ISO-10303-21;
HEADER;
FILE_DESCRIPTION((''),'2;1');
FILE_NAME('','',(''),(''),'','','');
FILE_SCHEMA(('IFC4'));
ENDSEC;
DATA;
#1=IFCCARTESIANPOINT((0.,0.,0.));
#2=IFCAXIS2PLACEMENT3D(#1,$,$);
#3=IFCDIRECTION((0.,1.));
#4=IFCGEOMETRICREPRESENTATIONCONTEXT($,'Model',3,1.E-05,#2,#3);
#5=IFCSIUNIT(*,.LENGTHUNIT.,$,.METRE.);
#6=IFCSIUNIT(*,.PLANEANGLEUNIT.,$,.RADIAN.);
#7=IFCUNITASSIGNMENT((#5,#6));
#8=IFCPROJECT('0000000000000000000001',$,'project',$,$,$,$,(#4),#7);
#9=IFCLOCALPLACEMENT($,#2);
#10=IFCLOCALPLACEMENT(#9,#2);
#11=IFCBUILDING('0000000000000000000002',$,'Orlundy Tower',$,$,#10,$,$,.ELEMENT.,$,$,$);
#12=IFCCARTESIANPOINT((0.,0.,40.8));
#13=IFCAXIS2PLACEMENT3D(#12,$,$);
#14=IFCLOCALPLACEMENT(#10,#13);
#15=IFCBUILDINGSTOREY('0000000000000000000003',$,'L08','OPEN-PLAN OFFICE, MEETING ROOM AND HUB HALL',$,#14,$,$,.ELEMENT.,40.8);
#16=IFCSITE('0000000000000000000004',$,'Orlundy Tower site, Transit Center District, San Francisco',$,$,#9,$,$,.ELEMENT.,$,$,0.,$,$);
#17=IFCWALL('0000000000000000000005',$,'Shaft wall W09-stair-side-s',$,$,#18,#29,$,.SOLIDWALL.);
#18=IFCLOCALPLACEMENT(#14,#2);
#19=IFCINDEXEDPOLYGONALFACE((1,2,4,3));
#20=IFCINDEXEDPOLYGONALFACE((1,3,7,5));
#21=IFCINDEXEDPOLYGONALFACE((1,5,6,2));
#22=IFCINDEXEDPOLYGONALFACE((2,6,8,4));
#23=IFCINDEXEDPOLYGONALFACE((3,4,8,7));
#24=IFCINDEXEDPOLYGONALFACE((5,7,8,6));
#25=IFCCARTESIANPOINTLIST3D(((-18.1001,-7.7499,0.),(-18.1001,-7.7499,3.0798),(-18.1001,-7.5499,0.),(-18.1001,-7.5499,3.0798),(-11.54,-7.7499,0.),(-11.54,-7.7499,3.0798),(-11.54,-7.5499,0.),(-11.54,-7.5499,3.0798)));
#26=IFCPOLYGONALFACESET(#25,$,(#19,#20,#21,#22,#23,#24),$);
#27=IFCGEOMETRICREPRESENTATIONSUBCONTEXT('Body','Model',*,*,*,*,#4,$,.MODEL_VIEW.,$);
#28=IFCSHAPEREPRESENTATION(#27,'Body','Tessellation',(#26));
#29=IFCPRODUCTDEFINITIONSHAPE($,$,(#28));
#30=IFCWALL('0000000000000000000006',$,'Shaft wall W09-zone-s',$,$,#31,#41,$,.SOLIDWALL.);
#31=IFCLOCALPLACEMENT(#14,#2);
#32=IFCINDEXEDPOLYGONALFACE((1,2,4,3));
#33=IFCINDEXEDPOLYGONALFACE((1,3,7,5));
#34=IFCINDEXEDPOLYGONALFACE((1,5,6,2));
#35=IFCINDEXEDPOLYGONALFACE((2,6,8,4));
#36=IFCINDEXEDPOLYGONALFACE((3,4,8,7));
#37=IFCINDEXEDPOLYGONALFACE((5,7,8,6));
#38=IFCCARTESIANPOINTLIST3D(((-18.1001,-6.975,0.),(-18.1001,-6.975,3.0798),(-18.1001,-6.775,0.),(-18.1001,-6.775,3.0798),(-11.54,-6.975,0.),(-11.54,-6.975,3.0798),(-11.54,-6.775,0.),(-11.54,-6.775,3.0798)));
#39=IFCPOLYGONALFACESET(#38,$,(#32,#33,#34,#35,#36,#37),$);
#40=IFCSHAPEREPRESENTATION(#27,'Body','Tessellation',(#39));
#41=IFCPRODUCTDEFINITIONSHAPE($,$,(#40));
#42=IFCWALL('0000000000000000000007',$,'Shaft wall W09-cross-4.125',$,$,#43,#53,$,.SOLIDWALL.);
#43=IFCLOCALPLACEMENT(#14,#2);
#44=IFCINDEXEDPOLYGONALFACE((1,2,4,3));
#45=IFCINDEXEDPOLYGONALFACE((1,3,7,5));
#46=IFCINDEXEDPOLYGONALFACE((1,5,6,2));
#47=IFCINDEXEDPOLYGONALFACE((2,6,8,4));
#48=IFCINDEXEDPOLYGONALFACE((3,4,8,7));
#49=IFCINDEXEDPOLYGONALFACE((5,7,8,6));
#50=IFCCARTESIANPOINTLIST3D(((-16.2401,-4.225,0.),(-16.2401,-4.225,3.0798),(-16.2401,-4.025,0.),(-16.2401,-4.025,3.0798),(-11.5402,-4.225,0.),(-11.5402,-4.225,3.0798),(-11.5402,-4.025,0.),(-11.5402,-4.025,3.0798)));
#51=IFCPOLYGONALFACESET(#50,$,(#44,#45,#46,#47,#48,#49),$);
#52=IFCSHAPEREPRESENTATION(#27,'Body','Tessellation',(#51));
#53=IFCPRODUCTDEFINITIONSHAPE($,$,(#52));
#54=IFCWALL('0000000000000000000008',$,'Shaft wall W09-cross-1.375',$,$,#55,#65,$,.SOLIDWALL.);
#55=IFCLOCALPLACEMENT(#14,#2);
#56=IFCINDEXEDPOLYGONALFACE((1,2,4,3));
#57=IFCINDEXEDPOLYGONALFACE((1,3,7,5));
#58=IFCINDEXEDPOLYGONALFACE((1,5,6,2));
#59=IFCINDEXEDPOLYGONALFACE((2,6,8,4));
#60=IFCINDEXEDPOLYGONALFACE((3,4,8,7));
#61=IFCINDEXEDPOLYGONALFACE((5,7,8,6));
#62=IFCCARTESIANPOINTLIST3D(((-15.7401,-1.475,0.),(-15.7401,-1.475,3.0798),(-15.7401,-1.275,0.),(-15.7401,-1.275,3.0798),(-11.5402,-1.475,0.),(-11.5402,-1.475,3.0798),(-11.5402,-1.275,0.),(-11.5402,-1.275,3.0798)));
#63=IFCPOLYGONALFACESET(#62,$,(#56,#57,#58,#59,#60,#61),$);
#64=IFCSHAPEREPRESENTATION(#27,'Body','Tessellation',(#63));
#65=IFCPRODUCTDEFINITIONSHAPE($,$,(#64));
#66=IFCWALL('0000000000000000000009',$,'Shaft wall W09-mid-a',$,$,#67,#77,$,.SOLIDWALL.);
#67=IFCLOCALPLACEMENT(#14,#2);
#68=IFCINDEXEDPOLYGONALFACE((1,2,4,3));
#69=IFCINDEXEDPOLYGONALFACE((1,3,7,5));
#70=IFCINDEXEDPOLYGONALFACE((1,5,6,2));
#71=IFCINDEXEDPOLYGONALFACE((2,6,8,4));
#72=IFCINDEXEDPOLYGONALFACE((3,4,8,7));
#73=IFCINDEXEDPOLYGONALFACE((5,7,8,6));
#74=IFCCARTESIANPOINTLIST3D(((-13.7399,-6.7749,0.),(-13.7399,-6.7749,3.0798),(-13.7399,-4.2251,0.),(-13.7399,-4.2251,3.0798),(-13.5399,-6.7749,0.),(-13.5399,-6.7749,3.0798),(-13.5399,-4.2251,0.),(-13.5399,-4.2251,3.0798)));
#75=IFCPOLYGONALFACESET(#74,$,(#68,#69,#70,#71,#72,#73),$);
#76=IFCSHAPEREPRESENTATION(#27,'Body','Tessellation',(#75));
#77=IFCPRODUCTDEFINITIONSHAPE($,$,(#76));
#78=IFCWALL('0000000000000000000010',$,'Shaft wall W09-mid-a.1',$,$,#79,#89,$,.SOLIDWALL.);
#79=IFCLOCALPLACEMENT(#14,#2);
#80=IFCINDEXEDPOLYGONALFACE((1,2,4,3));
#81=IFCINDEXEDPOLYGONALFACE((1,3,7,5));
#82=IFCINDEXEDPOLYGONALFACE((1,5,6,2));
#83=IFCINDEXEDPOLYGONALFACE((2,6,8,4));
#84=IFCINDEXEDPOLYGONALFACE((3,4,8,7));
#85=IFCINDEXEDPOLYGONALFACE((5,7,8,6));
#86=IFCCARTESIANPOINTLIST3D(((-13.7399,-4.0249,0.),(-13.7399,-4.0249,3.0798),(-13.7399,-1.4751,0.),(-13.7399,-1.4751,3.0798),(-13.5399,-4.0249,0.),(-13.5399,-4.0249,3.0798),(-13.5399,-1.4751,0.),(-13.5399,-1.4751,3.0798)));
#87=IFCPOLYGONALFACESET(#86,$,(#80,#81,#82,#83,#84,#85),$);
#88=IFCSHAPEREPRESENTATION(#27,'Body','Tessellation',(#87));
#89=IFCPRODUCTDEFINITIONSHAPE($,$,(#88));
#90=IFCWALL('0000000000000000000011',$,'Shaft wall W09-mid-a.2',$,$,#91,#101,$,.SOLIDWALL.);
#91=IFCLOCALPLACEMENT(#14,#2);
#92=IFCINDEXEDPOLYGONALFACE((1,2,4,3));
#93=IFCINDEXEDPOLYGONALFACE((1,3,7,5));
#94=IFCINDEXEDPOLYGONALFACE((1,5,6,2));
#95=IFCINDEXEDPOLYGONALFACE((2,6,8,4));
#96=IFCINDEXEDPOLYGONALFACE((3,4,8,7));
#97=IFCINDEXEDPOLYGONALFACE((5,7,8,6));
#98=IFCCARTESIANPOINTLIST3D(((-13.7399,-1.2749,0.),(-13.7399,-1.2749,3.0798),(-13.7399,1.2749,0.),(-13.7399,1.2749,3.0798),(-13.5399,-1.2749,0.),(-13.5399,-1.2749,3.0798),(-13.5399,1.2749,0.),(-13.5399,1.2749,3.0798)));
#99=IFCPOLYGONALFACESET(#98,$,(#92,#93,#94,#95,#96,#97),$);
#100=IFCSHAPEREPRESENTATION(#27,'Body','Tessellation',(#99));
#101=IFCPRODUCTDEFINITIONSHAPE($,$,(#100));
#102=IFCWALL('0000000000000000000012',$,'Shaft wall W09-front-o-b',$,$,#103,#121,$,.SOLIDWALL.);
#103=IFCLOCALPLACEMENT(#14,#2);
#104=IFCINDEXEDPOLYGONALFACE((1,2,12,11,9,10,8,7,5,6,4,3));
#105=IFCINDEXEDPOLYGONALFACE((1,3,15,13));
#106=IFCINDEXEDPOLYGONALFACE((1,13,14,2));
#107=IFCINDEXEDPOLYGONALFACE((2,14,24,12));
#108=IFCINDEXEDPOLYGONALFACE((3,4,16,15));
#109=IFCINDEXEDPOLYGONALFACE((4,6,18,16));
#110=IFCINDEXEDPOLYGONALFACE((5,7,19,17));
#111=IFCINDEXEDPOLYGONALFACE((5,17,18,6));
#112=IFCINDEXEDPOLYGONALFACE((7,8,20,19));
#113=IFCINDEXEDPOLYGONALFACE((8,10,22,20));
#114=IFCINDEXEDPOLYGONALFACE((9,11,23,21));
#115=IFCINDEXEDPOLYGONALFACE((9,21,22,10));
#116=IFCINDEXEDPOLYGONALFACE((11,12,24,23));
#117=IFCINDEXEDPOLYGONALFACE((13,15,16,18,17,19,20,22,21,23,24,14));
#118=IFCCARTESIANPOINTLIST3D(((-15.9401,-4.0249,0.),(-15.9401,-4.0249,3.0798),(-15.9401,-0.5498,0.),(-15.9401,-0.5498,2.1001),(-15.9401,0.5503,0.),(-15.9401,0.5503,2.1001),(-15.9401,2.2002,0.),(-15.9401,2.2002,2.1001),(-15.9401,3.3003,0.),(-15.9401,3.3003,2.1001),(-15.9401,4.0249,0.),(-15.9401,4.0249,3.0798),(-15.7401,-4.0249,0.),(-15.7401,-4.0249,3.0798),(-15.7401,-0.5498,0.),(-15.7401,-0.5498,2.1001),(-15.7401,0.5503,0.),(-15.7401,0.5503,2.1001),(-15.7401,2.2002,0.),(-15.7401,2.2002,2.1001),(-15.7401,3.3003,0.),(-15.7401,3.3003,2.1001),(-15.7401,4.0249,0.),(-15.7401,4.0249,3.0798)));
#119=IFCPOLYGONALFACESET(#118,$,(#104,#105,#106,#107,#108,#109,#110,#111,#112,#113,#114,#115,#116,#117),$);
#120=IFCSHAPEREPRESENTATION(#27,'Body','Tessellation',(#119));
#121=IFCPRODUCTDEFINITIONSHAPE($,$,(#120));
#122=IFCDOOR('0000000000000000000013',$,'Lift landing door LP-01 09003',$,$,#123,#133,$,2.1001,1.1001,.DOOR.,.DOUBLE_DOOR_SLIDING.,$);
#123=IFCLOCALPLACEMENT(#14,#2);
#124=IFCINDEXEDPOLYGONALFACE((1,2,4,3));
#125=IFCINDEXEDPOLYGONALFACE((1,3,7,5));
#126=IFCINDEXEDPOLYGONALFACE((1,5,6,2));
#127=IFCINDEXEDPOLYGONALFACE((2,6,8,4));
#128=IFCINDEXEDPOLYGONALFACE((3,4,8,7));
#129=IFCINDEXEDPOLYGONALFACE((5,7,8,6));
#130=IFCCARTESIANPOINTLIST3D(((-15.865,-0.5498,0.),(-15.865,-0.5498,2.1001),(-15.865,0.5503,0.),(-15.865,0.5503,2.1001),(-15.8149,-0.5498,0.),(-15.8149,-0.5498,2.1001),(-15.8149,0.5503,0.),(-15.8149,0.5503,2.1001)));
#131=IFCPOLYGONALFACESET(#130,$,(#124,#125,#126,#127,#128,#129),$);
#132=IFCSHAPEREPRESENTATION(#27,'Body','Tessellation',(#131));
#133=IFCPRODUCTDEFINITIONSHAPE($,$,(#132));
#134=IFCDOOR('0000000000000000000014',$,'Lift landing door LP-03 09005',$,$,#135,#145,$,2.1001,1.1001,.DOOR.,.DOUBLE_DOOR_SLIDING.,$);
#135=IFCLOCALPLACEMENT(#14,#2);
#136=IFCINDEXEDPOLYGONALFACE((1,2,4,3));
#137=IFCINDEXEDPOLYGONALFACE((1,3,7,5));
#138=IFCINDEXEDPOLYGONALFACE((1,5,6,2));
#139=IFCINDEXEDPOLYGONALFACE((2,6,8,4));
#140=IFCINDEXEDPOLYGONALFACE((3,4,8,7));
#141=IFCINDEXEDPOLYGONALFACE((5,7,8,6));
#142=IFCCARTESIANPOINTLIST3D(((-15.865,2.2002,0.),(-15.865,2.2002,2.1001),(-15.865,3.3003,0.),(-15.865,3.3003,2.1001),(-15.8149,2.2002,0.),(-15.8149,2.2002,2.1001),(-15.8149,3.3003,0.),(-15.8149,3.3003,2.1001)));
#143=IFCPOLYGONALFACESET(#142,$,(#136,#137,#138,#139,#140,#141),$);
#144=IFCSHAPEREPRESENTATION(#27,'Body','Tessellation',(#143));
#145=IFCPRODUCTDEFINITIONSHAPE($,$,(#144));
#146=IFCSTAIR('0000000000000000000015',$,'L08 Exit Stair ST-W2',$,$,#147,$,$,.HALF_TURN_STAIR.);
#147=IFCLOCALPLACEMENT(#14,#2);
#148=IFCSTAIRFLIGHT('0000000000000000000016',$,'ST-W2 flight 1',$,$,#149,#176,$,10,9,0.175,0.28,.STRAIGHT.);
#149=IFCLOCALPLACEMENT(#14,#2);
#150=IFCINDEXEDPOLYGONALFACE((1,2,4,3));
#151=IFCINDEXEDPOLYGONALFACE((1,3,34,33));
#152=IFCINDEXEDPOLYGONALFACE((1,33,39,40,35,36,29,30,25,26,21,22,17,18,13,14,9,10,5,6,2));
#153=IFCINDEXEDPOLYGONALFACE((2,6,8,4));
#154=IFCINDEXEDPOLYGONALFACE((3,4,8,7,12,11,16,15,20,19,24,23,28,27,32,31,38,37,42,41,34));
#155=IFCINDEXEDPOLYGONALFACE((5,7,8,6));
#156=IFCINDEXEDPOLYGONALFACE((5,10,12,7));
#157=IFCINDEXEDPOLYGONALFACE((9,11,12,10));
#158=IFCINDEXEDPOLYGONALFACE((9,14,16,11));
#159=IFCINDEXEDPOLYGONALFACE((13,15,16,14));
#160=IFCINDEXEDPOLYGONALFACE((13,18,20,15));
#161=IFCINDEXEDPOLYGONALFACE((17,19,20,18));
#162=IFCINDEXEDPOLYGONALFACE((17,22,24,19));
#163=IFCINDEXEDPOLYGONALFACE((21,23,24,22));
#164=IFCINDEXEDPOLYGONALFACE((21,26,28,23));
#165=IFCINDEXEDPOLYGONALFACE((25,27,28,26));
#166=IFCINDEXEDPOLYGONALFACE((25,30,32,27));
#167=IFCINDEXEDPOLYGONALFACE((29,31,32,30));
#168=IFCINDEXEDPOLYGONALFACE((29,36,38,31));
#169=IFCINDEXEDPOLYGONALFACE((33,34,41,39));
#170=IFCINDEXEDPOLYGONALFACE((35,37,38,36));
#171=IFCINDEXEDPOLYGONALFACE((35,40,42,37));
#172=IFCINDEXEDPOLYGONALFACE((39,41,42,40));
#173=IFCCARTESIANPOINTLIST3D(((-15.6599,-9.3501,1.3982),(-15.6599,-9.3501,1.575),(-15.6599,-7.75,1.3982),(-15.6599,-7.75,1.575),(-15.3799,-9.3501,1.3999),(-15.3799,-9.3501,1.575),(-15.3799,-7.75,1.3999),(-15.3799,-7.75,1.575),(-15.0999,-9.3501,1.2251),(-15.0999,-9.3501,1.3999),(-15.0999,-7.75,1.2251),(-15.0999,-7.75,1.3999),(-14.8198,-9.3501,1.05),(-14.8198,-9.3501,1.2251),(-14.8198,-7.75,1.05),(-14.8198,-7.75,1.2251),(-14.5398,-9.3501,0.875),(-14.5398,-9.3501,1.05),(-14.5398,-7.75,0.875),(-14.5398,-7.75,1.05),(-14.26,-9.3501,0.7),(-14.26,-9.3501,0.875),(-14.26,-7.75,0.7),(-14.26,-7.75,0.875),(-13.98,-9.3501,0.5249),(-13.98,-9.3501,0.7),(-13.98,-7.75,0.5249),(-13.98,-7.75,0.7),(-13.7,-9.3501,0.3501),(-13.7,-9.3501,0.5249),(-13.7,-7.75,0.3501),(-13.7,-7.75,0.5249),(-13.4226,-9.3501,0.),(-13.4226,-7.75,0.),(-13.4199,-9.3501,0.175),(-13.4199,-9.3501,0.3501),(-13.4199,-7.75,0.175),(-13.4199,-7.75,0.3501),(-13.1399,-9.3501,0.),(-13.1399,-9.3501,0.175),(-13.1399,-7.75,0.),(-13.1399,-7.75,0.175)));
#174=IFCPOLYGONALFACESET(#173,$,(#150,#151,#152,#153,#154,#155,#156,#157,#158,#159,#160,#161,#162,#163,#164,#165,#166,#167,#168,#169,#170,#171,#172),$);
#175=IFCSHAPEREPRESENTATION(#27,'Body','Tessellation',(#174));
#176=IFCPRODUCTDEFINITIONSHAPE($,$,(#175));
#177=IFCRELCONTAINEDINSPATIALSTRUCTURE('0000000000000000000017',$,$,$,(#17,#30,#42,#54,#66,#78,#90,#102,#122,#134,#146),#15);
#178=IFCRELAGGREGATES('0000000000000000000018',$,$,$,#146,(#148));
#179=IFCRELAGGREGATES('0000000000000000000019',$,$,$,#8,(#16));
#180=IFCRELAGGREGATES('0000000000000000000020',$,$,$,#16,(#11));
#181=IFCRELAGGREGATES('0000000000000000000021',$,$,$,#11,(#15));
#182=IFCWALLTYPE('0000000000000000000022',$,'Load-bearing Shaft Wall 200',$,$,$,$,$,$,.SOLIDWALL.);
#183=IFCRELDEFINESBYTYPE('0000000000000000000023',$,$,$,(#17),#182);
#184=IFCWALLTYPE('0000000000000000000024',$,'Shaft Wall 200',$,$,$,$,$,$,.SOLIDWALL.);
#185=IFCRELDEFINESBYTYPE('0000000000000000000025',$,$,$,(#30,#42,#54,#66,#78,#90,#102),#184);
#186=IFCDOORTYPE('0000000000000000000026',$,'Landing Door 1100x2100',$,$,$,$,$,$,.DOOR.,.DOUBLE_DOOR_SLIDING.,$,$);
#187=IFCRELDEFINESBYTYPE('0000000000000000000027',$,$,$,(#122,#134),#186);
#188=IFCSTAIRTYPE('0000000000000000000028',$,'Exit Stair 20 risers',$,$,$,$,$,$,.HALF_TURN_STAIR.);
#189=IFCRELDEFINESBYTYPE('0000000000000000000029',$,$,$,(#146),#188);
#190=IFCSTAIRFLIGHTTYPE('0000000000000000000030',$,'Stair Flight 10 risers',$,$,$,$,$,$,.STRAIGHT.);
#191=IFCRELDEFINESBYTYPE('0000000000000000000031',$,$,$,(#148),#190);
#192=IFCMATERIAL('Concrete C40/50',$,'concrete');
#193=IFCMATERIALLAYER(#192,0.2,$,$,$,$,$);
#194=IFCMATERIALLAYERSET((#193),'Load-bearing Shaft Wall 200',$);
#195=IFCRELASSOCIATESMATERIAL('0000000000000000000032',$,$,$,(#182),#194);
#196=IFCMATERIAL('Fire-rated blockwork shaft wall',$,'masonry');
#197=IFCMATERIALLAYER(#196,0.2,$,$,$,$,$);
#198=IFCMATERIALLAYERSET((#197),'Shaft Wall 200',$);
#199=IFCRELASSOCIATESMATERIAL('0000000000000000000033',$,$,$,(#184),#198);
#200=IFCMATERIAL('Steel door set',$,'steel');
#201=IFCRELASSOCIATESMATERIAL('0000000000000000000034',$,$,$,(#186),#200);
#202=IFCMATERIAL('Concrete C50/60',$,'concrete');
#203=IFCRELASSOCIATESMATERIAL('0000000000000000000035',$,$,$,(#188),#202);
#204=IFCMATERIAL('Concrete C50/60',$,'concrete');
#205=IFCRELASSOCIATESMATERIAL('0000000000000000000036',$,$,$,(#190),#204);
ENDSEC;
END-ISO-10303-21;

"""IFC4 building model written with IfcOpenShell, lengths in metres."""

from ifc_helpers import new_model, si_unit, direction, frame, frame_2d, origin, place, context, subcontext, project, spatial, polyline, rectangle, outline, extrude, material, layer, layer_set, type_object, element, fill, aggregate, save


model = new_model("IFC4")

# Units and contexts
model_context = context("Model", 3, precision=1e-05, world=origin(), true_north=direction((0.0, 1.0)))
body_context = subcontext(model_context, "Body", "Model", "MODEL_VIEW")
ifc_project = project(units=[si_unit("LENGTHUNIT", "METRE"), si_unit("PLANEANGLEUNIT", "RADIAN")], contexts=[model_context])

# Site, building, storey
site_placement = place(None, origin())
site = spatial("IfcSite", under=ifc_project, at=site_placement, Name="Orlundy Tower site, Transit Center District, San Francisco", CompositionType="ELEMENT", RefElevation=0.0)
building_placement = place(site_placement, origin())
building = spatial("IfcBuilding", under=site, at=building_placement, Name="Orlundy Tower", CompositionType="ELEMENT")
storey_placement = place(building_placement, frame((0.0, 0.0, 40.8)))
storey = spatial("IfcBuildingStorey", under=building, at=storey_placement, Name="L08", Description="OPEN-PLAN OFFICE, MEETING ROOM AND HUB HALL", CompositionType="ELEMENT", Elevation=40.8)

# Walls
ifc_material_1 = material(Name="Concrete C40/50", Category="concrete")
ifc_layer_1 = layer(ifc_material_1, 0.2)
ifc_layer_set_1 = layer_set([ifc_layer_1], Name="Load-bearing Shaft Wall 200")
wall_type_1 = type_object("IfcWallType", Name="Load-bearing Shaft Wall 200", PredefinedType="SOLIDWALL", material=ifc_layer_set_1)
wall_1_placement = place(storey_placement, frame((-11.54, -7.6499, 0.0), z_axis=(0.0, 0.0, 1.0), x_axis=(-1.0, 0.0, 0.0)))
element("IfcWall", 1, at=wall_1_placement, inside=storey, type_object=wall_type_1, Name="Shaft wall W09-stair-side-s", PredefinedType="SOLIDWALL", context=body_context, shape_type="SweptSolid", body=[
    extrude(rectangle(XDim=6.5601, YDim=0.2, at=frame_2d((3.28, 0.0))), origin(), (0.0, 0.0, 1.0), 3.0798),
])
ifc_material_2 = material(Name="Fire-rated blockwork shaft wall", Category="masonry")
ifc_layer_2 = layer(ifc_material_2, 0.2)
ifc_layer_set_2 = layer_set([ifc_layer_2], Name="Shaft Wall 200")
wall_type_2 = type_object("IfcWallType", Name="Shaft Wall 200", PredefinedType="SOLIDWALL", material=ifc_layer_set_2)
wall_2_placement = place(storey_placement, frame((-11.54, -6.875, 0.0), z_axis=(0.0, 0.0, 1.0), x_axis=(-1.0, 0.0, 0.0)))
element("IfcWall", 2, at=wall_2_placement, inside=storey, type_object=wall_type_2, Name="Shaft wall W09-zone-s", PredefinedType="SOLIDWALL", context=body_context, shape_type="SweptSolid", body=[
    extrude(rectangle(XDim=6.5601, YDim=0.2, at=frame_2d((3.28, 0.0))), origin(), (0.0, 0.0, 1.0), 3.0798),
])
wall_3_placement = place(storey_placement, frame((-11.54, -4.125, 0.0), z_axis=(0.0, 0.0, 1.0), x_axis=(-1.0, 0.0, 0.0)))
element("IfcWall", 3, at=wall_3_placement, inside=storey, type_object=wall_type_2, Name="Shaft wall W09-cross-4.125", PredefinedType="SOLIDWALL", context=body_context, shape_type="SweptSolid", body=[
    extrude(rectangle(XDim=4.7, YDim=0.2, at=frame_2d((2.3501, 0.0))), origin(), (0.0, 0.0, 1.0), 3.0798),
])
wall_4_placement = place(storey_placement, frame((-11.54, -1.375, 0.0), z_axis=(0.0, 0.0, 1.0), x_axis=(-1.0, 0.0, 0.0)))
element("IfcWall", 4, at=wall_4_placement, inside=storey, type_object=wall_type_2, Name="Shaft wall W09-cross-1.375", PredefinedType="SOLIDWALL", context=body_context, shape_type="SweptSolid", body=[
    extrude(rectangle(XDim=4.2, YDim=0.2, at=frame_2d((2.1001, 0.0))), origin(), (0.0, 0.0, 1.0), 3.0798),
])
for number, where, z_axis, x_axis, name in (
    (5, (-13.6399, -6.7749, 0.0), (0.0, 0.0, 1.0), (0.0, 1.0, 0.0), "Shaft wall W09-mid-a"),
    (6, (-13.6399, -4.0249, 0.0), (0.0, 0.0, 1.0), (0.0, 1.0, 0.0), "Shaft wall W09-mid-a.1"),
    (7, (-13.6399, -1.2749, 0.0), (0.0, 0.0, 1.0), (0.0, 1.0, 0.0), "Shaft wall W09-mid-a.2"),
):
    element("IfcWall", number, at=place(storey_placement, frame(where, z_axis=z_axis, x_axis=x_axis)), inside=storey, type_object=wall_type_2, Name=name, PredefinedType="SOLIDWALL", context=body_context, shape_type="SweptSolid", body=[
        extrude(rectangle(XDim=2.5498, YDim=0.2, at=frame_2d((1.2749, 0.0))), origin(), (0.0, 0.0, 1.0), 3.0798),
    ])

# Wall, openings, doors
wall_5_placement = place(storey_placement, frame((-15.8401, -4.0249, 0.0), z_axis=(0.0, 0.0, 1.0), x_axis=(0.0, 1.0, 0.0)))
wall_5 = element("IfcWall", 8, at=wall_5_placement, inside=storey, type_object=wall_type_2, Name="Shaft wall W09-front-o-b", PredefinedType="SOLIDWALL", context=body_context, shape_type="SweptSolid", body=[
    extrude(rectangle(XDim=8.0498, YDim=0.2, at=frame_2d((4.0249, 0.0))), origin(), (0.0, 0.0, 1.0), 3.0798),
])
opening_1_placement = place(wall_5_placement, frame((3.4751, 0.0, 0.0)))
opening_1 = element("IfcOpeningElement", 9, at=opening_1_placement, cuts=wall_5, PredefinedType="OPENING", context=body_context, shape_type="SweptSolid", body=[
    extrude(rectangle(XDim=1.1001, YDim=2.1001, at=frame_2d((0.55, 1.05))), frame((0.0, 0.1101, 0.0), z_axis=(0.0, -1.0, 0.0), x_axis=(1.0, 0.0, 0.0)), (0.0, 0.0, 1.0), 0.2202),
])
opening_2_placement = place(wall_5_placement, frame((6.2251, 0.0, 0.0)))
opening_2 = element("IfcOpeningElement", 10, at=opening_2_placement, cuts=wall_5, PredefinedType="OPENING", context=body_context, shape_type="SweptSolid", body=[
    extrude(rectangle(XDim=1.1001, YDim=2.1001, at=frame_2d((0.55, 1.05))), frame((0.0, 0.1101, 0.0), z_axis=(0.0, -1.0, 0.0), x_axis=(1.0, 0.0, 0.0)), (0.0, 0.0, 1.0), 0.2202),
])
ifc_material_3 = material(Name="Steel door set", Category="steel")
door_type = type_object("IfcDoorType", Name="Landing Door 1100x2100", OperationType="DOUBLE_DOOR_SLIDING", PredefinedType="DOOR", material=ifc_material_3)
door_1_placement = place(opening_1_placement, origin())
door_1 = element("IfcDoor", 11, at=door_1_placement, inside=storey, type_object=door_type, Name="Lift landing door LP-01 09003", OperationType="DOUBLE_DOOR_SLIDING", OverallHeight=2.1001, OverallWidth=1.1001, PredefinedType="DOOR", context=body_context, shape_type="SweptSolid", body=[
    extrude(rectangle(XDim=1.1001, YDim=2.1001, at=frame_2d((0.55, 1.05))), frame((0.0, 0.0249, 0.0), z_axis=(0.0, -1.0, 0.0), x_axis=(1.0, 0.0, 0.0)), (0.0, 0.0, 1.0), 0.05),
])
fill(opening_1, door_1)
door_2_placement = place(opening_2_placement, origin())
door_2 = element("IfcDoor", 12, at=door_2_placement, inside=storey, type_object=door_type, Name="Lift landing door LP-03 09005", OperationType="DOUBLE_DOOR_SLIDING", OverallHeight=2.1001, OverallWidth=1.1001, PredefinedType="DOOR", context=body_context, shape_type="SweptSolid", body=[
    extrude(rectangle(XDim=1.1001, YDim=2.1001, at=frame_2d((0.55, 1.05))), frame((0.0, 0.0249, 0.0), z_axis=(0.0, -1.0, 0.0), x_axis=(1.0, 0.0, 0.0)), (0.0, 0.0, 1.0), 0.05),
])
fill(opening_2, door_2)

# Stair, stair flight
ifc_material_4 = material(Name="Concrete C50/60", Category="concrete")
stair_type = type_object("IfcStairType", Name="Exit Stair 20 risers", PredefinedType="HALF_TURN_STAIR", material=ifc_material_4)
stair_placement = place(storey_placement, origin())
stair = element("IfcStair", 13, at=stair_placement, inside=storey, type_object=stair_type, Name="L08 Exit Stair ST-W2", PredefinedType="HALF_TURN_STAIR")
ifc_material_5 = material(Name="Concrete C50/60", Category="concrete")
stair_flight_type = type_object("IfcStairFlightType", Name="Stair Flight 10 risers", PredefinedType="STRAIGHT", material=ifc_material_5)
stair_flight_1_placement = place(storey_placement, frame((-13.1399, -8.55, 0.0), z_axis=(0.0, 0.0, 1.0), x_axis=(-1.0, 0.0, 0.0)))
stair_flight_1 = element("IfcStairFlight", 14, at=stair_flight_1_placement, type_object=stair_flight_type, Name="ST-W2 flight 1", NumberOfRisers=10, NumberOfTreads=9, PredefinedType="STRAIGHT", RiserHeight=0.175, TreadLength=0.28, context=body_context, shape_type="SweptSolid", body=[
    extrude(outline(polyline([(0.0, 0.0), (0.0, 0.175), (0.28, 0.175), (0.28, 0.3501), (0.5601, 0.3501), (0.5601, 0.5249), (0.8401, 0.5249), (0.8401, 0.7), (1.1201, 0.7), (1.1201, 0.875), (1.3999, 0.875), (1.3999, 1.05), (1.6799, 1.05), (1.6799, 1.2251), (1.96, 1.2251), (1.96, 1.3999), (2.24, 1.3999), (2.24, 1.575), (2.52, 1.575), (2.52, 1.75), (2.52, 1.3982), (0.2827, 0.0), (0.0, 0.0)])), frame((0.0, 0.8, 0.0), z_axis=(0.0, -1.0, 0.0), x_axis=(1.0, 0.0, 0.0)), (0.0, 0.0, 1.0), 1.6001),
])
aggregate(stair, [stair_flight_1])

save(model, "model.ifc")
